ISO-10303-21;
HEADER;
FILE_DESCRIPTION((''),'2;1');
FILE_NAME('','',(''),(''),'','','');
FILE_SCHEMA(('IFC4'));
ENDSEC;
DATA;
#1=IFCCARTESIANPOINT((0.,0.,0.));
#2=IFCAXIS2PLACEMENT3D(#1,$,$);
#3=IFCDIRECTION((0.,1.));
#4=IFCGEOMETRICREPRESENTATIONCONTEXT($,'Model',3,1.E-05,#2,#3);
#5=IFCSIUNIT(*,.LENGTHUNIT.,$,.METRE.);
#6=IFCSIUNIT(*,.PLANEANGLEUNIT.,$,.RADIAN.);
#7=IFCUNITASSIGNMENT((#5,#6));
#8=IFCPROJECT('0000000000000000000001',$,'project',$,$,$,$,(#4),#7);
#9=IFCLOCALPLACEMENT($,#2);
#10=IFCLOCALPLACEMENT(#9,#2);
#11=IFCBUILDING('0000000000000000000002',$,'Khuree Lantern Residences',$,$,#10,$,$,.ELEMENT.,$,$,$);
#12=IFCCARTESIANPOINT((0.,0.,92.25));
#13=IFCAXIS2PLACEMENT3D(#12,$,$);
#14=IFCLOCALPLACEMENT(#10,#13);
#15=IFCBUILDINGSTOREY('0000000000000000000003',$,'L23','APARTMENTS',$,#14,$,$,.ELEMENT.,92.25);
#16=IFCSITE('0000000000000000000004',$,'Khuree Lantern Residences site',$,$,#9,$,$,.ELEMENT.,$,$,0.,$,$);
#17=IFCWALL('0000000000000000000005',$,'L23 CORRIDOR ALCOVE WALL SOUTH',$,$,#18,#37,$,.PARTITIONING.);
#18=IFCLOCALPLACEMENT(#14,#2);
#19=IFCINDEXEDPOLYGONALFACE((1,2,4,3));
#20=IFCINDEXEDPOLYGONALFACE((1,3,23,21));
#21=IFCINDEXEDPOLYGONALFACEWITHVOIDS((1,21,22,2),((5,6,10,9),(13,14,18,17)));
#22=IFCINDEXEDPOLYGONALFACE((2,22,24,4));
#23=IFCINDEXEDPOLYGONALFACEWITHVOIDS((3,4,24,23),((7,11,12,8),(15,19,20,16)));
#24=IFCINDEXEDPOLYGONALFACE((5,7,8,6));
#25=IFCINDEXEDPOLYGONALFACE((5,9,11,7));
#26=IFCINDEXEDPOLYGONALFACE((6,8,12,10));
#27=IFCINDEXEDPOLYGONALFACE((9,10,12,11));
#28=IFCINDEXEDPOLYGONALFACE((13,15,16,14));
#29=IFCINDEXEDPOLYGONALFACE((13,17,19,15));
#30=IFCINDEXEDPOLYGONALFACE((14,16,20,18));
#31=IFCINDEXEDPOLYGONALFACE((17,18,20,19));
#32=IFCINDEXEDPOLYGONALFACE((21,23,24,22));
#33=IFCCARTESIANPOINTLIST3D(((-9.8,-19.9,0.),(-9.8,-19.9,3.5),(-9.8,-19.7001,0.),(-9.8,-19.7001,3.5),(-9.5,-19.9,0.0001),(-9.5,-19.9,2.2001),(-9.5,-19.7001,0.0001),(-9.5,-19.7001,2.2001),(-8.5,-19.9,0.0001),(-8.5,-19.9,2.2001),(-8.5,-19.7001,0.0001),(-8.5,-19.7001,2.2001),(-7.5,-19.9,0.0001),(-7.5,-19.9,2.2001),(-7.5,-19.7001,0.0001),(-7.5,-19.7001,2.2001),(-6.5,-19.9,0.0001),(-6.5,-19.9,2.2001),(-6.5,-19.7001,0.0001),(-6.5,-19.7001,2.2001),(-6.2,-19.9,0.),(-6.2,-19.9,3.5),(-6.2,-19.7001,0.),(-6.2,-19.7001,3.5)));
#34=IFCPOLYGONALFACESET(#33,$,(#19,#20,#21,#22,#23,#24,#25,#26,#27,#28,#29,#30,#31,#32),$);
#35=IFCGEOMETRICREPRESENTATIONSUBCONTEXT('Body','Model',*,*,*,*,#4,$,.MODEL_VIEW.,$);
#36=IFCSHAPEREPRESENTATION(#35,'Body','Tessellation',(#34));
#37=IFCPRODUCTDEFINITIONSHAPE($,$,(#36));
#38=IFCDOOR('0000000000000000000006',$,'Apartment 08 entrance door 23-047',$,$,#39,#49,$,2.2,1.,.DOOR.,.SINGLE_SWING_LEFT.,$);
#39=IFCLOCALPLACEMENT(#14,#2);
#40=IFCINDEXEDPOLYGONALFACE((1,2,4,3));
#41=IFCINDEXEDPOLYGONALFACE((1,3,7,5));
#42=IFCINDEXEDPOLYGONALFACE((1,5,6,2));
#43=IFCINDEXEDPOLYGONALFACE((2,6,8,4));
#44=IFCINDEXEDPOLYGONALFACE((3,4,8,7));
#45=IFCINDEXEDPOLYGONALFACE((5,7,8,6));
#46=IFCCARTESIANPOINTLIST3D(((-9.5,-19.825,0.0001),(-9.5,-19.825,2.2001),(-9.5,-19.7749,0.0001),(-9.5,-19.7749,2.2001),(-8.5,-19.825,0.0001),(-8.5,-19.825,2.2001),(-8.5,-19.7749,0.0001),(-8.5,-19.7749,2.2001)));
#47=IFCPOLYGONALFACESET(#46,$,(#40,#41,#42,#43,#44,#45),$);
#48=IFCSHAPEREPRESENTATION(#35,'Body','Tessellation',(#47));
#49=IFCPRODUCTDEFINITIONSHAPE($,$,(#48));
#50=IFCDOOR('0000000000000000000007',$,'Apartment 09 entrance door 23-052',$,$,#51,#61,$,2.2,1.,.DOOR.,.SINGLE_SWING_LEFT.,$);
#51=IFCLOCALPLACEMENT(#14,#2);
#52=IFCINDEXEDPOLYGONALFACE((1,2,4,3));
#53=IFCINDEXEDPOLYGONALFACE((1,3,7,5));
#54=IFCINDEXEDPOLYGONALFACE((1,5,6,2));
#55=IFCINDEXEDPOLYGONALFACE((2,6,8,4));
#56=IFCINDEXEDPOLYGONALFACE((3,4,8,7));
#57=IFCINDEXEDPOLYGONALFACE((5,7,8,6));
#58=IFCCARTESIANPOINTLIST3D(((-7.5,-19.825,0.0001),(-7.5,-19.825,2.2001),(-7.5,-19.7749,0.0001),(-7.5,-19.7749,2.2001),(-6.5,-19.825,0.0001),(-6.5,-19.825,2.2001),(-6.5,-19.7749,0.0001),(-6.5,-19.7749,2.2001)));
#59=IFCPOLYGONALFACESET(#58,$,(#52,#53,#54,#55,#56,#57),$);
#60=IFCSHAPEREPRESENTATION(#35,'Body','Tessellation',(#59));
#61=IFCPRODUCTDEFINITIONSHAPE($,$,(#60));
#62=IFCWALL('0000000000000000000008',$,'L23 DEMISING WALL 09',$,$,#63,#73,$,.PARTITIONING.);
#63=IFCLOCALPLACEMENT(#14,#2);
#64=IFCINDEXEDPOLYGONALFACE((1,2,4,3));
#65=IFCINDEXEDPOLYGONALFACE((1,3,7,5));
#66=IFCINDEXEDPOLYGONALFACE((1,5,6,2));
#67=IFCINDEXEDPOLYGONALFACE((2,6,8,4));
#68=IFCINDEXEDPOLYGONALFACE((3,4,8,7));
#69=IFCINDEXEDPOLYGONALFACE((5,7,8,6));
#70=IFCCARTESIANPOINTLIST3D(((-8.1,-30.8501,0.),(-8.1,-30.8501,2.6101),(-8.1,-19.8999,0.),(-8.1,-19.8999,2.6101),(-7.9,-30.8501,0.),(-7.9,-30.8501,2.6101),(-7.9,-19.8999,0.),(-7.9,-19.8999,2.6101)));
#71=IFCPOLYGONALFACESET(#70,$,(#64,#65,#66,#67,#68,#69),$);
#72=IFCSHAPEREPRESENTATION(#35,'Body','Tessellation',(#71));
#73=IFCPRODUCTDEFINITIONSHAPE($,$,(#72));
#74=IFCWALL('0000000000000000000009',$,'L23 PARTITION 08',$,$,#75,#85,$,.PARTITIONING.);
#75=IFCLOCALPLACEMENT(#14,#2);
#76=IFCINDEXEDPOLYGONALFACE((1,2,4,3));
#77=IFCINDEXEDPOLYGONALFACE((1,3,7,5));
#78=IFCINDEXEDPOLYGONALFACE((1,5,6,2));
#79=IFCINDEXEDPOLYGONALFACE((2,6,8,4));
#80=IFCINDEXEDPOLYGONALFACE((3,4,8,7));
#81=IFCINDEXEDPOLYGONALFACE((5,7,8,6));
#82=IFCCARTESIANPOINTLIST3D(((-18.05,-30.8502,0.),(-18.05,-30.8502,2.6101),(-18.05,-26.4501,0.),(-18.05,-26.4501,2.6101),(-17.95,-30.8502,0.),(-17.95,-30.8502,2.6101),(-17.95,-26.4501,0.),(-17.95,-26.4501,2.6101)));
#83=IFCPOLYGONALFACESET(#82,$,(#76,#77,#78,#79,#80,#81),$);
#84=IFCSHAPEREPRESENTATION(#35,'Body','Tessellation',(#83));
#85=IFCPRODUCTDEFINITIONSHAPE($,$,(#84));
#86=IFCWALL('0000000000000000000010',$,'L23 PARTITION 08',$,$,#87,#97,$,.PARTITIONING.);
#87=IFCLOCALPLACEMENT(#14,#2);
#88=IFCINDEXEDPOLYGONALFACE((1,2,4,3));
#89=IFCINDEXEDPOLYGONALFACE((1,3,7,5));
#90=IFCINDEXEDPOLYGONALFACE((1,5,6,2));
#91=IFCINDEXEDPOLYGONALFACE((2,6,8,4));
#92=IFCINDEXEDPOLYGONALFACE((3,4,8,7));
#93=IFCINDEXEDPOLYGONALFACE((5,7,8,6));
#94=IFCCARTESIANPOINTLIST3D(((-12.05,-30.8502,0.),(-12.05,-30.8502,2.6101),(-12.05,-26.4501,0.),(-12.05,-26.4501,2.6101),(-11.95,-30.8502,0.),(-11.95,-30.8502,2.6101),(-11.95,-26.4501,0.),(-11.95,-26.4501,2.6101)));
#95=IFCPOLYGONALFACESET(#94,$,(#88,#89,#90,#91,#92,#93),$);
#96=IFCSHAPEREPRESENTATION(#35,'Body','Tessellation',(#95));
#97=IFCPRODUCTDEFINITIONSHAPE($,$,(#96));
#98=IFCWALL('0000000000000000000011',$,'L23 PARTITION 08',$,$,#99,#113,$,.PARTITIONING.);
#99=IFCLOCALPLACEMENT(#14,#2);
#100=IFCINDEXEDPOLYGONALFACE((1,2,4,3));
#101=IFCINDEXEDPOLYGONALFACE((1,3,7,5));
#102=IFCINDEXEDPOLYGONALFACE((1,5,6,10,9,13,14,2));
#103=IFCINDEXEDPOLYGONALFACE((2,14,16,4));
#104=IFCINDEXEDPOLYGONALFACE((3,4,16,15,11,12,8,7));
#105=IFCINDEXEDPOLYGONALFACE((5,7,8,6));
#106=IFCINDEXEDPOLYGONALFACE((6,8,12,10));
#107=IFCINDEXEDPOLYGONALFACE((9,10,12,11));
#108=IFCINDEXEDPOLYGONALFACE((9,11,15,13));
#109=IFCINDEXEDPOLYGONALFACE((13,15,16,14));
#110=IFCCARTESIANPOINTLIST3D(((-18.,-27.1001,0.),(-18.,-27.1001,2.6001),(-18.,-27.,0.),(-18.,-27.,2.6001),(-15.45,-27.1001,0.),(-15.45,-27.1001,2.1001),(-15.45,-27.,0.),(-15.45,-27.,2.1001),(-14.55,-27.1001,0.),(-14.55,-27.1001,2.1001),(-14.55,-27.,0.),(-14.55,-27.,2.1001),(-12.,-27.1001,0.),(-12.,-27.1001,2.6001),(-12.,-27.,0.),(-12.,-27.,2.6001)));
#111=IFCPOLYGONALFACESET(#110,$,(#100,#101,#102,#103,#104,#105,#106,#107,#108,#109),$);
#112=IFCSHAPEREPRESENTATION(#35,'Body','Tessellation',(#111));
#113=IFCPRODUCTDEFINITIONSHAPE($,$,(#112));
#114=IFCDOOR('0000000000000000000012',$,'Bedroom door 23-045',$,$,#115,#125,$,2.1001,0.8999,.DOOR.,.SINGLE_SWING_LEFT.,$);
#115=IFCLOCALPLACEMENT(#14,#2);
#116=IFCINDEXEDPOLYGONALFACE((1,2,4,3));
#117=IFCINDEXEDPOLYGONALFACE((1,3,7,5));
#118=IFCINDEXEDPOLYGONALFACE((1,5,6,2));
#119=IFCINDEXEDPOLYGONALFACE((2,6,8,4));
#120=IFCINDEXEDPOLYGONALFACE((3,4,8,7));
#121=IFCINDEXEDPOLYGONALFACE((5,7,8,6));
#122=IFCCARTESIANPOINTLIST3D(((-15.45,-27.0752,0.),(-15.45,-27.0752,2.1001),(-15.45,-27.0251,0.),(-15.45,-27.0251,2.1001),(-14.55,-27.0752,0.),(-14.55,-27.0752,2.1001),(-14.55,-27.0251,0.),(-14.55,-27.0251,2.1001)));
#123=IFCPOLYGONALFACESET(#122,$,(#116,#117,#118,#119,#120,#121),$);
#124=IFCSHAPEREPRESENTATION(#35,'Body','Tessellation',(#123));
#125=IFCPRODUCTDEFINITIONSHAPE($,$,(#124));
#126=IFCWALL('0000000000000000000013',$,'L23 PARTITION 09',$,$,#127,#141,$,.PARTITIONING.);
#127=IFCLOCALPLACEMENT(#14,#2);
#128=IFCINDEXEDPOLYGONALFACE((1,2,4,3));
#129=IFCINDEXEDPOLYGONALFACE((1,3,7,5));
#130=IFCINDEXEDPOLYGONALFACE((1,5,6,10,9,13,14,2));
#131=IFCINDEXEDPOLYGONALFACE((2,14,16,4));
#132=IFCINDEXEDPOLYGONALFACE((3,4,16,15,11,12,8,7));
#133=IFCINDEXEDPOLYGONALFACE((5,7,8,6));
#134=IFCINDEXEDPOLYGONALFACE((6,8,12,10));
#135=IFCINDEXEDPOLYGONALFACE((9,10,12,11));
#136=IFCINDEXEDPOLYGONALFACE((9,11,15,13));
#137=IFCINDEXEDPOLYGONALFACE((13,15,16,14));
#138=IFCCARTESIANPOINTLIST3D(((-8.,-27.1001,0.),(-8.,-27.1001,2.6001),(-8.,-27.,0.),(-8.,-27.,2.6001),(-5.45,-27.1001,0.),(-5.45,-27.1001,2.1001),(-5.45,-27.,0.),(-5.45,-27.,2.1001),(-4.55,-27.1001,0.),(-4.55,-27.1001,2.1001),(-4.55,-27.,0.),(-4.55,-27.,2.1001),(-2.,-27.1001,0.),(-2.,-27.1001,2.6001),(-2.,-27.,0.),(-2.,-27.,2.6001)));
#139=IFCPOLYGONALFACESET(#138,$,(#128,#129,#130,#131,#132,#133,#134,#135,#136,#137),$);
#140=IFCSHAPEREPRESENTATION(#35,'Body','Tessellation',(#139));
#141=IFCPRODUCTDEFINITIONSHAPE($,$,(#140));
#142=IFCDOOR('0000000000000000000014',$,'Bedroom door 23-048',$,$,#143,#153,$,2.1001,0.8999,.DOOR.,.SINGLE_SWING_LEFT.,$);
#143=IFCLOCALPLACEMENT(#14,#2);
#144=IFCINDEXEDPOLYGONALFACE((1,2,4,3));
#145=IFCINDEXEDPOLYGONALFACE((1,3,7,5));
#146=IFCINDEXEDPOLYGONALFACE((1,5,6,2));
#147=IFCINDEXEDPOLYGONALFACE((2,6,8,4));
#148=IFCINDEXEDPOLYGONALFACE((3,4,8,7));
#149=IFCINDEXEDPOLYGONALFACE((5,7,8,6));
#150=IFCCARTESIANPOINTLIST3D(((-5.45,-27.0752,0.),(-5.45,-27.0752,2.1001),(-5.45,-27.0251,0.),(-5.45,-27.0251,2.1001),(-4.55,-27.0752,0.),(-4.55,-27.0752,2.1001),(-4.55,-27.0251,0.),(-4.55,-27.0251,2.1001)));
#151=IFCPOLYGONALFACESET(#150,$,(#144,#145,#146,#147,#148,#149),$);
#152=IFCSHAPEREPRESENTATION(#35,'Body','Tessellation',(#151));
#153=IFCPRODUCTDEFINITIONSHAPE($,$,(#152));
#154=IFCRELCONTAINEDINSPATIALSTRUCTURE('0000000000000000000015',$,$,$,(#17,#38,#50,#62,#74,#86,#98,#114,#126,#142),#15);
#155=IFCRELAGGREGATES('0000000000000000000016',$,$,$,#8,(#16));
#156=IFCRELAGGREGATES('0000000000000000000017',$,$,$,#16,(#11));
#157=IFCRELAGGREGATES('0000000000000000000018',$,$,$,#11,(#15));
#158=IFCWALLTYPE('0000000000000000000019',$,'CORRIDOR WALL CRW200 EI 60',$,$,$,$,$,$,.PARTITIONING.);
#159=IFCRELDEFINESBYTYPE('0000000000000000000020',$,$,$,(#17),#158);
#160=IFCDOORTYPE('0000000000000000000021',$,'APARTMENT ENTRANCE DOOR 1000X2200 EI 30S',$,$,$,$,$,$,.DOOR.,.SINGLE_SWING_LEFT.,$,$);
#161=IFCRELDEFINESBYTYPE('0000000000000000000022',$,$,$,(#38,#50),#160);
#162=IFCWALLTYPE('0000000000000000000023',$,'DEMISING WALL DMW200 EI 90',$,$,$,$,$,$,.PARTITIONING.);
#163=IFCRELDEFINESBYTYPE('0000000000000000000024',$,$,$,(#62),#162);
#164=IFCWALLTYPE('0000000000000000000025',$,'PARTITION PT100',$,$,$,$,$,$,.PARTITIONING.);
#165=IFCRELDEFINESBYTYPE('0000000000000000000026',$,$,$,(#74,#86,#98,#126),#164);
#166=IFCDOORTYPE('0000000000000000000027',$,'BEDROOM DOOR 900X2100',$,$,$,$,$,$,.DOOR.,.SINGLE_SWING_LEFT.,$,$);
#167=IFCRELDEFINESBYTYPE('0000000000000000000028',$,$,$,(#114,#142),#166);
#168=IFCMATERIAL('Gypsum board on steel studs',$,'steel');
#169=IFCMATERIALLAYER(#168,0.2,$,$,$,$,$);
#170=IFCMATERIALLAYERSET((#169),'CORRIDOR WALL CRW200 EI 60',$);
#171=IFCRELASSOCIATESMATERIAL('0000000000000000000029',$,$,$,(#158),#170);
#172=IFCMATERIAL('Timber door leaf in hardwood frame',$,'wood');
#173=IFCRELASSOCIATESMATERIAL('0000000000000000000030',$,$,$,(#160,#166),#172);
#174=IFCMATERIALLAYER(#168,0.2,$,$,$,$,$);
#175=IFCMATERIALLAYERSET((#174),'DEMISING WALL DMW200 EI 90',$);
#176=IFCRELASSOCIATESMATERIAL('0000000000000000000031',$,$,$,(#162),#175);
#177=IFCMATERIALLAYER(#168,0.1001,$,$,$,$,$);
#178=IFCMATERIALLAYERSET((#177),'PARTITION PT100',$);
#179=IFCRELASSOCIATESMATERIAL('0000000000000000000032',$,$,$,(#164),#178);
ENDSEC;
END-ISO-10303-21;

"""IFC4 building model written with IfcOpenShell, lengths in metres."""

from ifc_helpers import new_model, si_unit, direction, frame, frame_2d, origin, place, context, subcontext, project, spatial, rectangle, extrude, material, layer, layer_set, type_object, element, fill, save


model = new_model("IFC4")

# Units and contexts
model_context = context("Model", 3, precision=1e-05, world=origin(), true_north=direction((0.0, 1.0)))
body_context = subcontext(model_context, "Body", "Model", "MODEL_VIEW")
ifc_project = project(units=[si_unit("LENGTHUNIT", "METRE"), si_unit("PLANEANGLEUNIT", "RADIAN")], contexts=[model_context])

# Site, building, storey
site_placement = place(None, origin())
site = spatial("IfcSite", under=ifc_project, at=site_placement, Name="Khuree Lantern Residences site", CompositionType="ELEMENT", RefElevation=0.0)
building_placement = place(site_placement, origin())
building = spatial("IfcBuilding", under=site, at=building_placement, Name="Khuree Lantern Residences", CompositionType="ELEMENT")
storey_placement = place(building_placement, frame((0.0, 0.0, 92.25)))
storey = spatial("IfcBuildingStorey", under=building, at=storey_placement, Name="L23", Description="APARTMENTS", CompositionType="ELEMENT", Elevation=92.25)

# Shared definitions
ifc_material_1 = material(Name="Timber door leaf in hardwood frame", Category="wood")

# Wall, openings, doors
ifc_material_2 = material(Name="Gypsum board on steel studs", Category="steel")
ifc_layer_1 = layer(ifc_material_2, 0.2)
ifc_layer_set_1 = layer_set([ifc_layer_1], Name="CORRIDOR WALL CRW200 EI 60")
wall_type_1 = type_object("IfcWallType", Name="CORRIDOR WALL CRW200 EI 60", PredefinedType="PARTITIONING", material=ifc_layer_set_1)
wall_1_placement = place(storey_placement, frame((-6.2, -19.8, 0.0), z_axis=(0.0, 0.0, 1.0), x_axis=(-1.0, 0.0, 0.0)))
wall_1 = element("IfcWall", 1, at=wall_1_placement, inside=storey, type_object=wall_type_1, Name="L23 CORRIDOR ALCOVE WALL SOUTH", PredefinedType="PARTITIONING", context=body_context, shape_type="SweptSolid", body=[
    extrude(rectangle(XDim=3.6001, YDim=0.2, at=frame_2d((1.8, 0.0))), origin(), (0.0, 0.0, 1.0), 3.5),
])
opening_1_placement = place(wall_1_placement, frame((2.3, 0.0, 0.0)))
opening_1 = element("IfcOpeningElement", 2, at=opening_1_placement, cuts=wall_1, PredefinedType="OPENING", context=body_context, shape_type="SweptSolid", body=[
    extrude(rectangle(XDim=1.0, YDim=2.2, at=frame_2d((0.5, 1.1001))), frame((0.0, 0.1099, 0.0), z_axis=(0.0, -1.0, 0.0), x_axis=(1.0, 0.0, 0.0)), (0.0, 0.0, 1.0), 0.22),
])
opening_2_placement = place(wall_1_placement, frame((0.3, 0.0, 0.0)))
opening_2 = element("IfcOpeningElement", 3, at=opening_2_placement, cuts=wall_1, PredefinedType="OPENING", context=body_context, shape_type="SweptSolid", body=[
    extrude(rectangle(XDim=1.0, YDim=2.2, at=frame_2d((0.5, 1.1001))), frame((0.0, 0.1099, 0.0), z_axis=(0.0, -1.0, 0.0), x_axis=(1.0, 0.0, 0.0)), (0.0, 0.0, 1.0), 0.22),
])
door_type_1 = type_object("IfcDoorType", Name="APARTMENT ENTRANCE DOOR 1000X2200 EI 30S", OperationType="SINGLE_SWING_LEFT", PredefinedType="DOOR", material=ifc_material_1)
door_1_placement = place(opening_1_placement, origin())
door_1 = element("IfcDoor", 4, at=door_1_placement, inside=storey, type_object=door_type_1, Name="Apartment 08 entrance door 23-047", OperationType="SINGLE_SWING_LEFT", OverallHeight=2.2, OverallWidth=1.0, PredefinedType="DOOR", context=body_context, shape_type="SweptSolid", body=[
    extrude(rectangle(XDim=1.0, YDim=2.2, at=frame_2d((0.5, 1.1001))), frame((0.0, 0.0249, 0.0), z_axis=(0.0, -1.0, 0.0), x_axis=(1.0, 0.0, 0.0)), (0.0, 0.0, 1.0), 0.05),
])
fill(opening_1, door_1)
door_2_placement = place(opening_2_placement, origin())
door_2 = element("IfcDoor", 5, at=door_2_placement, inside=storey, type_object=door_type_1, Name="Apartment 09 entrance door 23-052", OperationType="SINGLE_SWING_LEFT", OverallHeight=2.2, OverallWidth=1.0, PredefinedType="DOOR", context=body_context, shape_type="SweptSolid", body=[
    extrude(rectangle(XDim=1.0, YDim=2.2, at=frame_2d((0.5, 1.1001))), frame((0.0, 0.0249, 0.0), z_axis=(0.0, -1.0, 0.0), x_axis=(1.0, 0.0, 0.0)), (0.0, 0.0, 1.0), 0.05),
])
fill(opening_2, door_2)

# Walls
ifc_layer_2 = layer(ifc_material_2, 0.2)
ifc_layer_set_2 = layer_set([ifc_layer_2], Name="DEMISING WALL DMW200 EI 90")
wall_type_2 = type_object("IfcWallType", Name="DEMISING WALL DMW200 EI 90", PredefinedType="PARTITIONING", material=ifc_layer_set_2)
wall_2_placement = place(storey_placement, frame((-8.0, -19.8999, 0.0), z_axis=(0.0, 0.0, 1.0), x_axis=(0.0, -1.0, 0.0)))
element("IfcWall", 6, at=wall_2_placement, inside=storey, type_object=wall_type_2, Name="L23 DEMISING WALL 09", PredefinedType="PARTITIONING", context=body_context, shape_type="SweptSolid", body=[
    extrude(rectangle(XDim=10.9502, YDim=0.2, at=frame_2d((5.4751, 0.0))), origin(), (0.0, 0.0, 1.0), 2.6101),
])
ifc_layer_3 = layer(ifc_material_2, 0.1001)
ifc_layer_set_3 = layer_set([ifc_layer_3], Name="PARTITION PT100")
wall_type_3 = type_object("IfcWallType", Name="PARTITION PT100", PredefinedType="PARTITIONING", material=ifc_layer_set_3)
for number, where, z_axis, x_axis, name in (
    (7, (-18.0, -26.45, 0.0), (0.0, 0.0, 1.0), (0.0, -1.0, 0.0), "L23 PARTITION 08"),
    (8, (-12.0, -26.45, 0.0), (0.0, 0.0, 1.0), (0.0, -1.0, 0.0), "L23 PARTITION 08"),
):
    element("IfcWall", number, at=place(storey_placement, frame(where, z_axis=z_axis, x_axis=x_axis)), inside=storey, type_object=wall_type_3, Name=name, PredefinedType="PARTITIONING", context=body_context, shape_type="SweptSolid", body=[
        extrude(rectangle(XDim=4.4001, YDim=0.1001, at=frame_2d((2.2002, 0.0))), origin(), (0.0, 0.0, 1.0), 2.6101),
    ])

# Walls, openings, doors
wall_3_placement = place(storey_placement, frame((-18.0, -27.05, 0.0), z_axis=(0.0, 0.0, 1.0), x_axis=(1.0, 0.0, 0.0)))
wall_3 = element("IfcWall", 9, at=wall_3_placement, inside=storey, type_object=wall_type_3, Name="L23 PARTITION 08", PredefinedType="PARTITIONING", context=body_context, shape_type="SweptSolid", body=[
    extrude(rectangle(XDim=6.0, YDim=0.1001, at=frame_2d((3.0, 0.0))), origin(), (0.0, 0.0, 1.0), 2.6001),
])
opening_3_placement = place(wall_3_placement, frame((2.55, 0.0, 0.0)))
opening_3 = element("IfcOpeningElement", 10, at=opening_3_placement, cuts=wall_3, PredefinedType="OPENING", context=body_context, shape_type="SweptSolid", body=[
    extrude(rectangle(XDim=0.8999, YDim=2.1001, at=frame_2d((0.45, 1.05))), frame((0.0, 0.0601, 0.0), z_axis=(0.0, -1.0, 0.0), x_axis=(1.0, 0.0, 0.0)), (0.0, 0.0, 1.0), 0.1201),
])
door_type_2 = type_object("IfcDoorType", Name="BEDROOM DOOR 900X2100", OperationType="SINGLE_SWING_LEFT", PredefinedType="DOOR", material=ifc_material_1)
door_3_placement = place(opening_3_placement, origin())
door_3 = element("IfcDoor", 11, at=door_3_placement, inside=storey, type_object=door_type_2, Name="Bedroom door 23-045", OperationType="SINGLE_SWING_LEFT", OverallHeight=2.1001, OverallWidth=0.8999, PredefinedType="DOOR", context=body_context, shape_type="SweptSolid", body=[
    extrude(rectangle(XDim=0.8999, YDim=2.1001, at=frame_2d((0.45, 1.05))), frame((0.0, 0.0249, 0.0), z_axis=(0.0, -1.0, 0.0), x_axis=(1.0, 0.0, 0.0)), (0.0, 0.0, 1.0), 0.05),
])
fill(opening_3, door_3)
wall_4_placement = place(storey_placement, frame((-8.0, -27.05, 0.0), z_axis=(0.0, 0.0, 1.0), x_axis=(1.0, 0.0, 0.0)))
wall_4 = element("IfcWall", 12, at=wall_4_placement, inside=storey, type_object=wall_type_3, Name="L23 PARTITION 09", PredefinedType="PARTITIONING", context=body_context, shape_type="SweptSolid", body=[
    extrude(rectangle(XDim=6.0, YDim=0.1001, at=frame_2d((3.0, 0.0))), origin(), (0.0, 0.0, 1.0), 2.6001),
])
opening_4_placement = place(wall_4_placement, frame((2.55, 0.0, 0.0)))
opening_4 = element("IfcOpeningElement", 13, at=opening_4_placement, cuts=wall_4, PredefinedType="OPENING", context=body_context, shape_type="SweptSolid", body=[
    extrude(rectangle(XDim=0.8999, YDim=2.1001, at=frame_2d((0.45, 1.05))), frame((0.0, 0.0601, 0.0), z_axis=(0.0, -1.0, 0.0), x_axis=(1.0, 0.0, 0.0)), (0.0, 0.0, 1.0), 0.1201),
])
door_4_placement = place(opening_4_placement, origin())
door_4 = element("IfcDoor", 14, at=door_4_placement, inside=storey, type_object=door_type_2, Name="Bedroom door 23-048", OperationType="SINGLE_SWING_LEFT", OverallHeight=2.1001, OverallWidth=0.8999, PredefinedType="DOOR", context=body_context, shape_type="SweptSolid", body=[
    extrude(rectangle(XDim=0.8999, YDim=2.1001, at=frame_2d((0.45, 1.05))), frame((0.0, 0.0249, 0.0), z_axis=(0.0, -1.0, 0.0), x_axis=(1.0, 0.0, 0.0)), (0.0, 0.0, 1.0), 0.05),
])
fill(opening_4, door_4)

save(model, "model.ifc")
